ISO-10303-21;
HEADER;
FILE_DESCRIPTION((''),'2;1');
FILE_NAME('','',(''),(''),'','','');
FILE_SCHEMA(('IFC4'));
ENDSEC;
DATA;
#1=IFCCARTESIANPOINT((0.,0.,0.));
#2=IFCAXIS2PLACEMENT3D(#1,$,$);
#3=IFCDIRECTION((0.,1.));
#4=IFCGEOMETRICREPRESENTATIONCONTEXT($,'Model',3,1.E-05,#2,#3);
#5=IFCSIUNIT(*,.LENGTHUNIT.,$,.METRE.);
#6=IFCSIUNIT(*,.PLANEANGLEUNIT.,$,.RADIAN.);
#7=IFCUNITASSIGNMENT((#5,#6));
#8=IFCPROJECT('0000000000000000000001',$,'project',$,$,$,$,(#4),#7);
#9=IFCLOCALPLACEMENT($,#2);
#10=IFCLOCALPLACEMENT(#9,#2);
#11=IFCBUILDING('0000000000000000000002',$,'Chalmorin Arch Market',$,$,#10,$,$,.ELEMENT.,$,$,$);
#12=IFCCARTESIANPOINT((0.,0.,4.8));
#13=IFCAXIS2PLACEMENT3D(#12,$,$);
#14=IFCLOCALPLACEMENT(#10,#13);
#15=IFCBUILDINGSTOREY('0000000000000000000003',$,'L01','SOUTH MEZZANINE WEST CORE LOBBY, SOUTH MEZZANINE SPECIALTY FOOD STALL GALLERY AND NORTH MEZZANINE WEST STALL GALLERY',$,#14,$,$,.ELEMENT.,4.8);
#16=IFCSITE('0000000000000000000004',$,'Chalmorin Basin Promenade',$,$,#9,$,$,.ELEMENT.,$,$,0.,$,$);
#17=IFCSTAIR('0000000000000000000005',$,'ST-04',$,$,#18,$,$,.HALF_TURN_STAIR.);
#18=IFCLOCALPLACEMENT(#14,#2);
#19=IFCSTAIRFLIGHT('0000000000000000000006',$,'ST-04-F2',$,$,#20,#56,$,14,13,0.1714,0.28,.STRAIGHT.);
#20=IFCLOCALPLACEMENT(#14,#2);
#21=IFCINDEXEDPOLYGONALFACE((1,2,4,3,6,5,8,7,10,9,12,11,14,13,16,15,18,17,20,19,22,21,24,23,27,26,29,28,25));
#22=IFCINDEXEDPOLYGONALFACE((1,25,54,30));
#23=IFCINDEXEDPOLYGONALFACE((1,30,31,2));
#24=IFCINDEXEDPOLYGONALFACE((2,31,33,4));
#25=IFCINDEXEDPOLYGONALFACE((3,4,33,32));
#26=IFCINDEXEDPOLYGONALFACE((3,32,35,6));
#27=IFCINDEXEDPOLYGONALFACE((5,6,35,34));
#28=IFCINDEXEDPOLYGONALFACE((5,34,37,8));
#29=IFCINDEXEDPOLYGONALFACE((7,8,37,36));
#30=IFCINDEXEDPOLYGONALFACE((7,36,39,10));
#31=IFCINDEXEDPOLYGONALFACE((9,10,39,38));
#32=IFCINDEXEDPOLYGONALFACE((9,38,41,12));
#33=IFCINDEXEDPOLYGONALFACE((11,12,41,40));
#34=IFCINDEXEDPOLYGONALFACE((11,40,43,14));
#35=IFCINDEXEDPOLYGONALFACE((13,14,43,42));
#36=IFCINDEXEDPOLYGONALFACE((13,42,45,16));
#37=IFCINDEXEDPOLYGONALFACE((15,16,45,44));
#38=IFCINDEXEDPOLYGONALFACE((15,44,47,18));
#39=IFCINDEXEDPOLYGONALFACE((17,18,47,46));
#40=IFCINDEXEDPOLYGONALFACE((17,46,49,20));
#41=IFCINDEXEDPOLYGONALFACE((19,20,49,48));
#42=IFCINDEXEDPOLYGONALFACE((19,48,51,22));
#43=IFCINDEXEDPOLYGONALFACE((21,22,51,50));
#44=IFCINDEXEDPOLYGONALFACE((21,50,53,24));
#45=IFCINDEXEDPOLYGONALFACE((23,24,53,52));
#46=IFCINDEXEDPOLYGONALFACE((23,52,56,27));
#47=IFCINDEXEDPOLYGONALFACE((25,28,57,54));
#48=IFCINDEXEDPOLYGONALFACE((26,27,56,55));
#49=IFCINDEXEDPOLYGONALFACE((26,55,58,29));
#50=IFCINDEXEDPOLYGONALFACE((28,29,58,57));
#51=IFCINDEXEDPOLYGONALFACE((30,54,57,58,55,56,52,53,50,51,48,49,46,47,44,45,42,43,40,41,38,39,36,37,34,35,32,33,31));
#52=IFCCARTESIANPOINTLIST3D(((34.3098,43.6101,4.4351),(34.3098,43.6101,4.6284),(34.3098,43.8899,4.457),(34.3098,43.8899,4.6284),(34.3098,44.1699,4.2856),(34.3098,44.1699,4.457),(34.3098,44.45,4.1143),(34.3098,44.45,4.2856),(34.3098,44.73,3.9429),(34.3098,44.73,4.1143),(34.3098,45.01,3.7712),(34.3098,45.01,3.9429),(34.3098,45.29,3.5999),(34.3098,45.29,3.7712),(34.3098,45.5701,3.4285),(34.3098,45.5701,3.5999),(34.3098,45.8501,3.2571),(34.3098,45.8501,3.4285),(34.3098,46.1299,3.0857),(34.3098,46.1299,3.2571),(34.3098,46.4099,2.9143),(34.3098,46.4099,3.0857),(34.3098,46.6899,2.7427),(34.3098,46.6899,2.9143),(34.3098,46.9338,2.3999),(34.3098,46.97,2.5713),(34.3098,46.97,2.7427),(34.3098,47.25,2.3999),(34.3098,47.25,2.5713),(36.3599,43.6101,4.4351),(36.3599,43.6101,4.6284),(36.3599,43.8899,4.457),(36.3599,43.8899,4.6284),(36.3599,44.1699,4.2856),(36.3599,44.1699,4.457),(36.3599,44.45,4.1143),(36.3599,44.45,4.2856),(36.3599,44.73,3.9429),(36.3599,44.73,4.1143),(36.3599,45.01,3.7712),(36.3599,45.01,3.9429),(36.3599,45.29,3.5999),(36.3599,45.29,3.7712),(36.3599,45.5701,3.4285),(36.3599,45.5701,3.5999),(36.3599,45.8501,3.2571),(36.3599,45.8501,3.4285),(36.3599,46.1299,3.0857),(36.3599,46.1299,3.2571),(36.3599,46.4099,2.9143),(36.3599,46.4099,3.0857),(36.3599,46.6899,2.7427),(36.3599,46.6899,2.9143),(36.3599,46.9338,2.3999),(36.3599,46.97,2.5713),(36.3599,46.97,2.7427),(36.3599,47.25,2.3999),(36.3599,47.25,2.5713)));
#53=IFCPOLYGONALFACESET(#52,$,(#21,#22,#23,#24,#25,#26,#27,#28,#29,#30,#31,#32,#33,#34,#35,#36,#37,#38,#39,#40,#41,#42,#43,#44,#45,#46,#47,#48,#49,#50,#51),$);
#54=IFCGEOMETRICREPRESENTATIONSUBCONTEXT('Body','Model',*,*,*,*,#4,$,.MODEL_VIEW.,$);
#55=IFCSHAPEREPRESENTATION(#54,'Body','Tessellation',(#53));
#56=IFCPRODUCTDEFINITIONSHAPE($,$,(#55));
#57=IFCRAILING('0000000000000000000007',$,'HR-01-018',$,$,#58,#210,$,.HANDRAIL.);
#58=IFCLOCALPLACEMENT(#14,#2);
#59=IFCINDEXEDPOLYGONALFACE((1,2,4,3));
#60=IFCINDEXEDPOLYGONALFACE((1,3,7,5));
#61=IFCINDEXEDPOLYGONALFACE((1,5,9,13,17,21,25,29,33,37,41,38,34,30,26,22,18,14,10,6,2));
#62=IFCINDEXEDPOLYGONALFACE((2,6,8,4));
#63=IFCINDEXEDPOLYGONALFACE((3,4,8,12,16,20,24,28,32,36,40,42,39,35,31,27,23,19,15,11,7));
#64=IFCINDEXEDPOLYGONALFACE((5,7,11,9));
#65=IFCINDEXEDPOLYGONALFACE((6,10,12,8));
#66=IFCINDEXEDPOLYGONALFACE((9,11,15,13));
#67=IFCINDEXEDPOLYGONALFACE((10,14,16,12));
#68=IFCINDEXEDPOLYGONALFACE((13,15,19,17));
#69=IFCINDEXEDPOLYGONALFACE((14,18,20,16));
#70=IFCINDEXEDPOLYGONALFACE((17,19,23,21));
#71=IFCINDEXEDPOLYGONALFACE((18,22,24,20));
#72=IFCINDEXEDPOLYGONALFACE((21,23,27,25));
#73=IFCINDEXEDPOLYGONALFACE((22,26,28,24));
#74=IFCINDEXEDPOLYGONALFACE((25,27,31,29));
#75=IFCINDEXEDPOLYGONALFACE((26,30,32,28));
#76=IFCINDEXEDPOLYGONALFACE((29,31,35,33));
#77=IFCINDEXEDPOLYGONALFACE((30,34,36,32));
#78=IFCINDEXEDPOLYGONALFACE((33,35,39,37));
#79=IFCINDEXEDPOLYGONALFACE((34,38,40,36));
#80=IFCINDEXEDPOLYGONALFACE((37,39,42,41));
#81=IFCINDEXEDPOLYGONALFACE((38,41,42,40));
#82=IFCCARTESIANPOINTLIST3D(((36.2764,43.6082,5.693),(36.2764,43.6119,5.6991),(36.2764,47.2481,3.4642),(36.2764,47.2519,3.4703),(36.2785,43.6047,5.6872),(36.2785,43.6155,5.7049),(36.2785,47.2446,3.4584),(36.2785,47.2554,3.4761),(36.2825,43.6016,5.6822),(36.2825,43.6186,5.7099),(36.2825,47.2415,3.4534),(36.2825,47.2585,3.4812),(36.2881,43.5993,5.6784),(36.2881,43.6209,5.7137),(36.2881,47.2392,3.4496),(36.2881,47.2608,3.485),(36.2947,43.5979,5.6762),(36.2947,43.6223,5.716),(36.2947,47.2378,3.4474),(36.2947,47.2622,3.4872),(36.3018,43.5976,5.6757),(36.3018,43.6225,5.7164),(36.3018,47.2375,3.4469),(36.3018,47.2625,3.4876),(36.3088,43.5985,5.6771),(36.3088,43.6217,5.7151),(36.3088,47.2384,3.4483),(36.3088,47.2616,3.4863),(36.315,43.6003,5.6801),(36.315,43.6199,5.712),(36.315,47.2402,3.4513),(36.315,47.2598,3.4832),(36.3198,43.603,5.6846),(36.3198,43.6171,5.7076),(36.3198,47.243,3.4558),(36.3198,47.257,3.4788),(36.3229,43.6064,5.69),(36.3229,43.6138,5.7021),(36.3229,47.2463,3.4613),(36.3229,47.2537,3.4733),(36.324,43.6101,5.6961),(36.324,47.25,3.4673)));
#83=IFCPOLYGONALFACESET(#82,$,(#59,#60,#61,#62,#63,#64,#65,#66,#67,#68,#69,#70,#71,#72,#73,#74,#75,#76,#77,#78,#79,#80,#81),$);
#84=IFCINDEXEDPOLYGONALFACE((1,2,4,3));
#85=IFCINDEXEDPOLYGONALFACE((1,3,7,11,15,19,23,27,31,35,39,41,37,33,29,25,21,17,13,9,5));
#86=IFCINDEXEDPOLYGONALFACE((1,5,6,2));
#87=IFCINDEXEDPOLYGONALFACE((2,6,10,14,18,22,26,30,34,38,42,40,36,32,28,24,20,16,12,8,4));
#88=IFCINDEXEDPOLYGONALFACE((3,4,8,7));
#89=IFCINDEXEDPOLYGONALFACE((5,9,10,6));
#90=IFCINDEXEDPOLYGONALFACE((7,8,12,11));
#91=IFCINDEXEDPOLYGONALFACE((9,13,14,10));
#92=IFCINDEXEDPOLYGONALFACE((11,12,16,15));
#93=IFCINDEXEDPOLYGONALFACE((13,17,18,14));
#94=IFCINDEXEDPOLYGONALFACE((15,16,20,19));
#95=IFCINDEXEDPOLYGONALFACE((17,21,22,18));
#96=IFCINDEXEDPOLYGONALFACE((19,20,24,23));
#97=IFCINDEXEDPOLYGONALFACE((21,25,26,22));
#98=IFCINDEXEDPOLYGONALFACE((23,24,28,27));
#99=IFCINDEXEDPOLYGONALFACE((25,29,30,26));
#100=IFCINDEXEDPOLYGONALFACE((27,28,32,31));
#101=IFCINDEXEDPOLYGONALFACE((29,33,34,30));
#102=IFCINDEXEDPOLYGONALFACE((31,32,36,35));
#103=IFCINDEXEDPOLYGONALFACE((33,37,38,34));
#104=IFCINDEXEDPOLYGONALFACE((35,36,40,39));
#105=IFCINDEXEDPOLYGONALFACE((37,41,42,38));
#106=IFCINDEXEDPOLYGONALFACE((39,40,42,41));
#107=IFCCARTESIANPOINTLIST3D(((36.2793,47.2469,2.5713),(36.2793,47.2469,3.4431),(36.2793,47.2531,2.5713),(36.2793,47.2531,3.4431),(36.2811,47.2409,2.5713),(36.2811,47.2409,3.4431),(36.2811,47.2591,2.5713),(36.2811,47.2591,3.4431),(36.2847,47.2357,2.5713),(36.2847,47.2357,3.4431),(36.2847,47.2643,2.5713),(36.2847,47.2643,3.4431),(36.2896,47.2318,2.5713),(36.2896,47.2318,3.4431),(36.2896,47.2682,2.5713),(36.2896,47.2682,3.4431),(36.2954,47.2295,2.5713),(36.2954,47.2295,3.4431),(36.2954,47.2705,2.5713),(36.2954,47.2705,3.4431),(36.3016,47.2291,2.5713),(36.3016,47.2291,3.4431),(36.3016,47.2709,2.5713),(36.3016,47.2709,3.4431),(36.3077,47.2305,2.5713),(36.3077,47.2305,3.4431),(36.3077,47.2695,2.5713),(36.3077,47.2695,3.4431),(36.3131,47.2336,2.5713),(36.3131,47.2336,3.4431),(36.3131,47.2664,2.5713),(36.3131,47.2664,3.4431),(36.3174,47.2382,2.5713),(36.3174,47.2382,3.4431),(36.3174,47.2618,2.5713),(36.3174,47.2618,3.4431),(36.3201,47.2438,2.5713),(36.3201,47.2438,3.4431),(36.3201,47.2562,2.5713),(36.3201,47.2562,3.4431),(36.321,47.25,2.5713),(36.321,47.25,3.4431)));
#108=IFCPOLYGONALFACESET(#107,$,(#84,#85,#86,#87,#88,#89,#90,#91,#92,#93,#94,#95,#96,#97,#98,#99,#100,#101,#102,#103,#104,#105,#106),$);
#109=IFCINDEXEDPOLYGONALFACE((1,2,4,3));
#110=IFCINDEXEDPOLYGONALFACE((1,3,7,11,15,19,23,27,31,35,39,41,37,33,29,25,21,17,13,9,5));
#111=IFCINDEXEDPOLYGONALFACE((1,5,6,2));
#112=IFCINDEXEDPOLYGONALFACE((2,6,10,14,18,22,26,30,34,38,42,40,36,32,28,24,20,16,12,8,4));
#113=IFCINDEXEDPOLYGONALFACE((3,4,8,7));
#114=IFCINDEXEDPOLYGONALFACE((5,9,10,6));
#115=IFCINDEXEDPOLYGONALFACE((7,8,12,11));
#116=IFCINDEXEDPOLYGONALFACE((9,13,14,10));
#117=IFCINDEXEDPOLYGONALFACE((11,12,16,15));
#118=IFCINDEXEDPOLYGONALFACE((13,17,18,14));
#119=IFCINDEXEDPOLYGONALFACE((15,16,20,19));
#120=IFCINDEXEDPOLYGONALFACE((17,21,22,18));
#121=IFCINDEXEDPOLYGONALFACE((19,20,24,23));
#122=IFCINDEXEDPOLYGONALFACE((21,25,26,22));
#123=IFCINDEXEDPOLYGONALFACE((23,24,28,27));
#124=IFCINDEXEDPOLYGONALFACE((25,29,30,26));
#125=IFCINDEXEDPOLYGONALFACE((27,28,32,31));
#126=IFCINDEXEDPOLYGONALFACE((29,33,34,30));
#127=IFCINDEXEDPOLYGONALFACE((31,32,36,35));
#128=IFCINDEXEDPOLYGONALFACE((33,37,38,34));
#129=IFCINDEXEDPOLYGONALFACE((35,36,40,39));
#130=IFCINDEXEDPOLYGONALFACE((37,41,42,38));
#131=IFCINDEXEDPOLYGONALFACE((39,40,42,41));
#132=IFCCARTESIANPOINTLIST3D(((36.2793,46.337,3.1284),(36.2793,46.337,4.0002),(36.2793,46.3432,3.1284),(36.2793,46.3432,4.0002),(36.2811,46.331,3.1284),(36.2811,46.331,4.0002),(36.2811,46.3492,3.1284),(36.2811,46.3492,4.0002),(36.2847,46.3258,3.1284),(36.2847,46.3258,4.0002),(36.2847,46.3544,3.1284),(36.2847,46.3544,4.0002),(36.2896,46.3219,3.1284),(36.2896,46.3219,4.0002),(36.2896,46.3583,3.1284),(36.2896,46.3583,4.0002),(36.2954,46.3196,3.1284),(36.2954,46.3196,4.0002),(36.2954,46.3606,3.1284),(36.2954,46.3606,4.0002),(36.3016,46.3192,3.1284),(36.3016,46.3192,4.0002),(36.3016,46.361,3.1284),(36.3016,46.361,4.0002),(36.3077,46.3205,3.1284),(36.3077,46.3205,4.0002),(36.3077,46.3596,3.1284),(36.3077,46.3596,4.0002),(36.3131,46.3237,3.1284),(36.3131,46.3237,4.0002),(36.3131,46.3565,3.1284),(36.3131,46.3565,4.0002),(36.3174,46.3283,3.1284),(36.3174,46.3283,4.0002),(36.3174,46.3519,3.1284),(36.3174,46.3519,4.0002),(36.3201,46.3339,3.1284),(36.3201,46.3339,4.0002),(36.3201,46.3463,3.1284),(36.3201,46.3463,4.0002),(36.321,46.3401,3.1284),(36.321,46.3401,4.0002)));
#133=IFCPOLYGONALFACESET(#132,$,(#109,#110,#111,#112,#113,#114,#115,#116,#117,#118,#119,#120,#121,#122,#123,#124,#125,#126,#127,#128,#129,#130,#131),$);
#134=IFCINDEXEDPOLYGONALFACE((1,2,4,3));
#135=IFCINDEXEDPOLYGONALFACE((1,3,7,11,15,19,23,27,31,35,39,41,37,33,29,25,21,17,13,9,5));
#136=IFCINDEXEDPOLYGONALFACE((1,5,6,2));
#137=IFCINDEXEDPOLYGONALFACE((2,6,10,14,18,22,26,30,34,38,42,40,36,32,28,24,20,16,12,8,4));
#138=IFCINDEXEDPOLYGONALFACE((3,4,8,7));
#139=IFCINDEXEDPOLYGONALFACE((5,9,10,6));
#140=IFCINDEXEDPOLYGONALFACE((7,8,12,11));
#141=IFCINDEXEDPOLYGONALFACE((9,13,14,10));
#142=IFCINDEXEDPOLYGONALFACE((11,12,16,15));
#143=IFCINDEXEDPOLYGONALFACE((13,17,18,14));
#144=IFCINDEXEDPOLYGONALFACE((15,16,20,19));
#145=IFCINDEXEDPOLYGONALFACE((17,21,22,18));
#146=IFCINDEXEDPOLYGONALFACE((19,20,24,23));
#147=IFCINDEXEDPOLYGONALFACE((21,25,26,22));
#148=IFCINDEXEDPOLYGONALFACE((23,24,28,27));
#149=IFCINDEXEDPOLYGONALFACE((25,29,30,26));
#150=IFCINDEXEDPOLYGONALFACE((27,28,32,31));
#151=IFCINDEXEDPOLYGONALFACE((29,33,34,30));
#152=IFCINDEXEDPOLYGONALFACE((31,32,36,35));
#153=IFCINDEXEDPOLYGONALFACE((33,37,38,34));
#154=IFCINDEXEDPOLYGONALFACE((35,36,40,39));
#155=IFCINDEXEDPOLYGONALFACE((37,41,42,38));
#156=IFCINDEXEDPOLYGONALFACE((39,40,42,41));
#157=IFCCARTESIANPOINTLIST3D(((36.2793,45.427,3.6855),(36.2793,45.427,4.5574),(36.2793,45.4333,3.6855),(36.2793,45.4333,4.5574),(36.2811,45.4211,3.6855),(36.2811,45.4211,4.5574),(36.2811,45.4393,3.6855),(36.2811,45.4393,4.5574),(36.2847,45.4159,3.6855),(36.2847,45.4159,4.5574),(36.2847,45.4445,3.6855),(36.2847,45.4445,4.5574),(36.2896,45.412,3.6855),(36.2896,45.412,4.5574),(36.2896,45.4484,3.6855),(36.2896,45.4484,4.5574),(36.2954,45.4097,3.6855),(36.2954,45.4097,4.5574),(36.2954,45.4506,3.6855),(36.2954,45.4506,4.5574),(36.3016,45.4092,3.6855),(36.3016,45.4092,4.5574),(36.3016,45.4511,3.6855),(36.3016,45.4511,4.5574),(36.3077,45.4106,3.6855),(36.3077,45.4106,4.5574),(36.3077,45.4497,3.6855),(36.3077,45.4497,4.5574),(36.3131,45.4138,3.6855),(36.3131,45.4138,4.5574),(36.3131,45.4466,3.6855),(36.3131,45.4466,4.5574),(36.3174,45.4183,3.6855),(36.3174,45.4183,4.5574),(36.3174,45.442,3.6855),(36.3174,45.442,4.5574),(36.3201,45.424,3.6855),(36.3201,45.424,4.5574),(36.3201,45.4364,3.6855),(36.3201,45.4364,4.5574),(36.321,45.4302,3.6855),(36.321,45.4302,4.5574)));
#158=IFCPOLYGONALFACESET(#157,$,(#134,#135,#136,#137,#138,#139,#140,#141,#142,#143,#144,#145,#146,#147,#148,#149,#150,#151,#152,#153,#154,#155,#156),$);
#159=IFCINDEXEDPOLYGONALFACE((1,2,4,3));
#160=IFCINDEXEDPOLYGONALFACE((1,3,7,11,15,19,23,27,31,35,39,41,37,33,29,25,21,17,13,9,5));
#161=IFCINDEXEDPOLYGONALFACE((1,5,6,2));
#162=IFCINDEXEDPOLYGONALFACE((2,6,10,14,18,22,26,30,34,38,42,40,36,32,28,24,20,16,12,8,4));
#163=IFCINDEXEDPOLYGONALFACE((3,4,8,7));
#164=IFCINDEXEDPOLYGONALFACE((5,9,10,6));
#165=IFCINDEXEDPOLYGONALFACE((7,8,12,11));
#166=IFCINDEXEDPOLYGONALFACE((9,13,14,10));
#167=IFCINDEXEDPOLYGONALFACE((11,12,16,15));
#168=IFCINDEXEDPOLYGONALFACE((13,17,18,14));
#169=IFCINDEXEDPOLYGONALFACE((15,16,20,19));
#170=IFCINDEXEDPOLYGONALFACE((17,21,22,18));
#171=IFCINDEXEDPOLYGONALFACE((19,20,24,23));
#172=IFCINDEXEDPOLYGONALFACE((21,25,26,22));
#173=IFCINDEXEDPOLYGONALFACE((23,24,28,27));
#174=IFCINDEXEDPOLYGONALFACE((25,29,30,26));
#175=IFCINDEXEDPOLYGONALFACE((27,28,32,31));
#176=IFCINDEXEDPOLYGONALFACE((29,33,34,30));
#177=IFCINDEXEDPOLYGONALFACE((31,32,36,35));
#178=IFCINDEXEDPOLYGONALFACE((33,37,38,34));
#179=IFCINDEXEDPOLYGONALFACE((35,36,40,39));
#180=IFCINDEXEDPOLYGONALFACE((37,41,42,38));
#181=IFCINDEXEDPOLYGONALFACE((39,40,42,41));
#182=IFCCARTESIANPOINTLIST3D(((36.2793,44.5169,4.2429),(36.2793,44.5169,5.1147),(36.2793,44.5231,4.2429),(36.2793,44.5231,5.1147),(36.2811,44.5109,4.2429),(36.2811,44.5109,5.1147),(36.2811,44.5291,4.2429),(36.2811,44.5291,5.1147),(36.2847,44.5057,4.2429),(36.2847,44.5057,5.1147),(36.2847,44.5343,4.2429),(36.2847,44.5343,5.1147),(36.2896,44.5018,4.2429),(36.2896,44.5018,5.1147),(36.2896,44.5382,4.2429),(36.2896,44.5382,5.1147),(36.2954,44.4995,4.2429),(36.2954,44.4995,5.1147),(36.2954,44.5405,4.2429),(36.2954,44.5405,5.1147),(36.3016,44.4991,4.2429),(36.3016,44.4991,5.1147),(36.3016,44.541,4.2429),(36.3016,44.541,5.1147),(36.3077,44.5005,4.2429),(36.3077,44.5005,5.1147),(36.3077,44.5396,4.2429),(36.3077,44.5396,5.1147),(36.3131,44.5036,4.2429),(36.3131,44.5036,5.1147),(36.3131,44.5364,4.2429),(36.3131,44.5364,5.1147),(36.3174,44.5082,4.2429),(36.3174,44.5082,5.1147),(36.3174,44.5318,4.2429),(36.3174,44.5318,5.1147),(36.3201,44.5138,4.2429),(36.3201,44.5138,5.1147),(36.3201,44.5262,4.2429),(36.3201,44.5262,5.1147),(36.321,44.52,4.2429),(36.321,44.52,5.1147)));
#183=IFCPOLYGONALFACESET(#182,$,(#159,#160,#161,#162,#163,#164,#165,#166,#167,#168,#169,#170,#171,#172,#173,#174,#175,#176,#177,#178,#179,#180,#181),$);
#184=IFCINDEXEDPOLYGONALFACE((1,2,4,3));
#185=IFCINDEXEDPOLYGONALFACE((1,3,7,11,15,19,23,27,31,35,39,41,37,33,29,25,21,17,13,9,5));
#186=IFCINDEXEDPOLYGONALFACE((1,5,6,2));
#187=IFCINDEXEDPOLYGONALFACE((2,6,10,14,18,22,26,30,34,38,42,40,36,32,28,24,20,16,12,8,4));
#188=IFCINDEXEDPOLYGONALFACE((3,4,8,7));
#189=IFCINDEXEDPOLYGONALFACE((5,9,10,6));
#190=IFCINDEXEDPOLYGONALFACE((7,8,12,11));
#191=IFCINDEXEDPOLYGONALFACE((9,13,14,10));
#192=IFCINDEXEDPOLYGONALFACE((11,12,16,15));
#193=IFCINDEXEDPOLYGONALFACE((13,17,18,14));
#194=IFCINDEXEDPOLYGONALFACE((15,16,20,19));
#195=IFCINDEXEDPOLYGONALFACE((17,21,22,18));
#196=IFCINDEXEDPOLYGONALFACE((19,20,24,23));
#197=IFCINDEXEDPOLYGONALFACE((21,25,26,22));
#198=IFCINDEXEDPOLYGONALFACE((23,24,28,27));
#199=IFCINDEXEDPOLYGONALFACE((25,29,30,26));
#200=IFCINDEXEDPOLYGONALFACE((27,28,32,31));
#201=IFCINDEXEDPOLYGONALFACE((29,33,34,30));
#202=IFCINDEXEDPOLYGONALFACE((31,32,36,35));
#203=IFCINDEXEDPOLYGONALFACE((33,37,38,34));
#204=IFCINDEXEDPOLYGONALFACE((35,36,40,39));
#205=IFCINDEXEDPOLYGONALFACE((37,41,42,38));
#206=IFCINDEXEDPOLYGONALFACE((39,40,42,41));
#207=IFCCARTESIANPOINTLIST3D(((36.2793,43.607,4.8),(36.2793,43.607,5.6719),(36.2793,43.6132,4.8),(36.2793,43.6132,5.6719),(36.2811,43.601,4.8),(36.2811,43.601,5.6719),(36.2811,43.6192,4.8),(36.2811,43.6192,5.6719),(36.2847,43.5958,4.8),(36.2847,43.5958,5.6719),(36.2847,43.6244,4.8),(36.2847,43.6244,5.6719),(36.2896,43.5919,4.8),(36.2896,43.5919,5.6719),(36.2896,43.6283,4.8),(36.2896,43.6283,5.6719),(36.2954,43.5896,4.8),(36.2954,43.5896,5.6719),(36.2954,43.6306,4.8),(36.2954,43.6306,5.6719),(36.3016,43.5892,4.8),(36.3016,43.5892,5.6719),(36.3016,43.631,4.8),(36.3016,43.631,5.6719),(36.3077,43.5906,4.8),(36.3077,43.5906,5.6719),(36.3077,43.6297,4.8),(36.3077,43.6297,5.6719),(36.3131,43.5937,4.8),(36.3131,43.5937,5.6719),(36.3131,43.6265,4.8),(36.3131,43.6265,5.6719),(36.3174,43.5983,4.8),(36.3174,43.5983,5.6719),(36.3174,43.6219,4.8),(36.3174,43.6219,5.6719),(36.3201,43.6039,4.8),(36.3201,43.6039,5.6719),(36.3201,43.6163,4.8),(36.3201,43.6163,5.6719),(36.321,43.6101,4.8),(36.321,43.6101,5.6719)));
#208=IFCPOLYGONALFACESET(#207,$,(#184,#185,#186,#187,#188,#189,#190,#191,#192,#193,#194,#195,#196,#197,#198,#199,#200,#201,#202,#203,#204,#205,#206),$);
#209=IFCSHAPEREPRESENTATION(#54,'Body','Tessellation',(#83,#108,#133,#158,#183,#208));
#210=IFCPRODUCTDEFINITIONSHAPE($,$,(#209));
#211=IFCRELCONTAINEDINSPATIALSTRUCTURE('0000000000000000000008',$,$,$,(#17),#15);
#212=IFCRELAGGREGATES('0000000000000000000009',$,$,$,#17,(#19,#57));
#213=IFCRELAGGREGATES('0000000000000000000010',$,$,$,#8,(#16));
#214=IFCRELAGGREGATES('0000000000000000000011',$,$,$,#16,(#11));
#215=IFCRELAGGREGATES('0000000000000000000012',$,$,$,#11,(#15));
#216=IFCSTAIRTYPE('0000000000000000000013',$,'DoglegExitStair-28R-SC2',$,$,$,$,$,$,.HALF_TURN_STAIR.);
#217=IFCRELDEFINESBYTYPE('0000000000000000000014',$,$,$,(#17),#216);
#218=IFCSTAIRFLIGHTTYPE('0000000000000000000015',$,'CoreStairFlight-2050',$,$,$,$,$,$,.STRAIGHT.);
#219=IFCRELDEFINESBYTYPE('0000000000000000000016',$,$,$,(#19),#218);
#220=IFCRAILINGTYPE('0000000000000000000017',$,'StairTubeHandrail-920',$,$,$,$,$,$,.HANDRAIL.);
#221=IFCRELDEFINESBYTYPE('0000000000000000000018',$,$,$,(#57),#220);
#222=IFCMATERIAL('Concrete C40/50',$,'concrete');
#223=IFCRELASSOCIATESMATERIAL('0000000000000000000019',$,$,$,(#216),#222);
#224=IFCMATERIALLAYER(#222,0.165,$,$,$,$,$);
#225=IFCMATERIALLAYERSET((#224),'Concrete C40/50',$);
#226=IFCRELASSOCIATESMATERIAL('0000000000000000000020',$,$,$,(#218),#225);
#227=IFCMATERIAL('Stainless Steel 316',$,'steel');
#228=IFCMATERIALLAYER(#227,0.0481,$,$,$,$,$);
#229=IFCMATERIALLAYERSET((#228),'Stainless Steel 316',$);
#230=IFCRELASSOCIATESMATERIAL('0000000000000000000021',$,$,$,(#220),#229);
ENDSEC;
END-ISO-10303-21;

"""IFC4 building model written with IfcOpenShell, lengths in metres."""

from ifc_helpers import new_model, si_unit, direction, frame, origin, origin_2d, place, context, subcontext, project, spatial, polyline, circle, outline, extrude, material, layer, layer_set, type_object, element, aggregate, save


model = new_model("IFC4")

# Units and contexts
model_context = context("Model", 3, precision=1e-05, world=origin(), true_north=direction((0.0, 1.0)))
body_context = subcontext(model_context, "Body", "Model", "MODEL_VIEW")
ifc_project = project(units=[si_unit("LENGTHUNIT", "METRE"), si_unit("PLANEANGLEUNIT", "RADIAN")], contexts=[model_context])

# Site, building, storey
site_placement = place(None, origin())
site = spatial("IfcSite", under=ifc_project, at=site_placement, Name="Chalmorin Basin Promenade", CompositionType="ELEMENT", RefElevation=0.0)
building_placement = place(site_placement, origin())
building = spatial("IfcBuilding", under=site, at=building_placement, Name="Chalmorin Arch Market", CompositionType="ELEMENT")
storey_placement = place(building_placement, frame((0.0, 0.0, 4.8)))
storey = spatial("IfcBuildingStorey", under=building, at=storey_placement, Name="L01", Description="SOUTH MEZZANINE WEST CORE LOBBY, SOUTH MEZZANINE SPECIALTY FOOD STALL GALLERY AND NORTH MEZZANINE WEST STALL GALLERY", CompositionType="ELEMENT", Elevation=4.8)

# Shared definitions
ifc_material_1 = material(Name="Concrete C40/50", Category="concrete")

# Stair, stair flight, railing
stair_type = type_object("IfcStairType", Name="DoglegExitStair-28R-SC2", PredefinedType="HALF_TURN_STAIR", material=ifc_material_1)
stair_placement = place(storey_placement, origin())
stair = element("IfcStair", 1, at=stair_placement, inside=storey, type_object=stair_type, Name="ST-04", PredefinedType="HALF_TURN_STAIR")
ifc_layer_1 = layer(ifc_material_1, 0.165)
ifc_layer_set_1 = layer_set([ifc_layer_1], Name="Concrete C40/50")
stair_flight_type = type_object("IfcStairFlightType", Name="CoreStairFlight-2050", PredefinedType="STRAIGHT", material=ifc_layer_set_1)
stair_flight_placement = place(storey_placement, frame((35.335, 47.25, 2.3999), z_axis=(0.0, 0.0, 1.0), x_axis=(0.0, -1.0, 0.0)))
stair_flight = element("IfcStairFlight", 2, at=stair_flight_placement, type_object=stair_flight_type, Name="ST-04-F2", NumberOfRisers=14, NumberOfTreads=13, PredefinedType="STRAIGHT", RiserHeight=0.1714, TreadLength=0.28, context=body_context, shape_type="SweptSolid", body=[
    extrude(outline(polyline([(0.0, 0.0), (0.0, 0.1714), (0.28, 0.1714), (0.28, 0.3428), (0.5601, 0.3428), (0.5601, 0.5144), (0.8401, 0.5144), (0.8401, 0.6858), (1.1201, 0.6858), (1.1201, 0.8572), (1.3999, 0.8572), (1.3999, 1.0286), (1.6799, 1.0286), (1.6799, 1.2), (1.96, 1.2), (1.96, 1.3713), (2.24, 1.3713), (2.24, 1.543), (2.52, 1.543), (2.52, 1.7144), (2.8, 1.7144), (2.8, 1.8857), (3.0801, 1.8857), (3.0801, 2.0571), (3.3601, 2.0571), (3.3601, 2.2285), (3.6399, 2.2285), (3.6399, 2.3999), (3.6399, 2.0352), (0.3162, 0.0), (0.0, 0.0)])), frame((0.0, 1.0249, 0.0), z_axis=(0.0, -1.0, 0.0), x_axis=(1.0, 0.0, 0.0)), (0.0, 0.0, 1.0), 2.05),
])
ifc_material_2 = material(Name="Stainless Steel 316", Category="steel")
ifc_layer_2 = layer(ifc_material_2, 0.0481)
ifc_layer_set_2 = layer_set([ifc_layer_2], Name="Stainless Steel 316")
railing_type_1 = type_object("IfcRailingType", Name="StairTubeHandrail-920", PredefinedType="HANDRAIL", material=ifc_layer_set_2)
railing_1_placement = place(storey_placement, frame((36.3, 47.25, 2.5713)))
railing_1 = element("IfcRailing", 3, at=railing_1_placement, type_object=railing_type_1, Name="HR-01-018", PredefinedType="HANDRAIL", context=body_context, shape_type="SweptSolid", body=[
    extrude(circle(Radius=0.0239, at=origin_2d()), frame((0.0, 0.0, 0.896), z_axis=(0.0, -0.852825, 0.522197), x_axis=(1.0, 0.0, 0.0)), (0.0, 0.0, 1.0), 4.2681),
    extrude(circle(Radius=0.021, at=origin_2d()), origin(), (0.0, 0.0, 1.0), 0.8718),
    extrude(circle(Radius=0.021, at=origin_2d()), frame((0.0, -0.9099, 0.5571)), (0.0, 0.0, 1.0), 0.8718),
    extrude(circle(Radius=0.021, at=origin_2d()), frame((0.0, -1.8198, 1.1143)), (0.0, 0.0, 1.0), 0.8718),
    extrude(circle(Radius=0.021, at=origin_2d()), frame((0.0, -2.73, 1.6716)), (0.0, 0.0, 1.0), 0.8718),
    extrude(circle(Radius=0.021, at=origin_2d()), frame((0.0, -3.6399, 2.2288)), (0.0, 0.0, 1.0), 0.8718),
])
aggregate(stair, [stair_flight, railing_1])

save(model, "model.ifc")
